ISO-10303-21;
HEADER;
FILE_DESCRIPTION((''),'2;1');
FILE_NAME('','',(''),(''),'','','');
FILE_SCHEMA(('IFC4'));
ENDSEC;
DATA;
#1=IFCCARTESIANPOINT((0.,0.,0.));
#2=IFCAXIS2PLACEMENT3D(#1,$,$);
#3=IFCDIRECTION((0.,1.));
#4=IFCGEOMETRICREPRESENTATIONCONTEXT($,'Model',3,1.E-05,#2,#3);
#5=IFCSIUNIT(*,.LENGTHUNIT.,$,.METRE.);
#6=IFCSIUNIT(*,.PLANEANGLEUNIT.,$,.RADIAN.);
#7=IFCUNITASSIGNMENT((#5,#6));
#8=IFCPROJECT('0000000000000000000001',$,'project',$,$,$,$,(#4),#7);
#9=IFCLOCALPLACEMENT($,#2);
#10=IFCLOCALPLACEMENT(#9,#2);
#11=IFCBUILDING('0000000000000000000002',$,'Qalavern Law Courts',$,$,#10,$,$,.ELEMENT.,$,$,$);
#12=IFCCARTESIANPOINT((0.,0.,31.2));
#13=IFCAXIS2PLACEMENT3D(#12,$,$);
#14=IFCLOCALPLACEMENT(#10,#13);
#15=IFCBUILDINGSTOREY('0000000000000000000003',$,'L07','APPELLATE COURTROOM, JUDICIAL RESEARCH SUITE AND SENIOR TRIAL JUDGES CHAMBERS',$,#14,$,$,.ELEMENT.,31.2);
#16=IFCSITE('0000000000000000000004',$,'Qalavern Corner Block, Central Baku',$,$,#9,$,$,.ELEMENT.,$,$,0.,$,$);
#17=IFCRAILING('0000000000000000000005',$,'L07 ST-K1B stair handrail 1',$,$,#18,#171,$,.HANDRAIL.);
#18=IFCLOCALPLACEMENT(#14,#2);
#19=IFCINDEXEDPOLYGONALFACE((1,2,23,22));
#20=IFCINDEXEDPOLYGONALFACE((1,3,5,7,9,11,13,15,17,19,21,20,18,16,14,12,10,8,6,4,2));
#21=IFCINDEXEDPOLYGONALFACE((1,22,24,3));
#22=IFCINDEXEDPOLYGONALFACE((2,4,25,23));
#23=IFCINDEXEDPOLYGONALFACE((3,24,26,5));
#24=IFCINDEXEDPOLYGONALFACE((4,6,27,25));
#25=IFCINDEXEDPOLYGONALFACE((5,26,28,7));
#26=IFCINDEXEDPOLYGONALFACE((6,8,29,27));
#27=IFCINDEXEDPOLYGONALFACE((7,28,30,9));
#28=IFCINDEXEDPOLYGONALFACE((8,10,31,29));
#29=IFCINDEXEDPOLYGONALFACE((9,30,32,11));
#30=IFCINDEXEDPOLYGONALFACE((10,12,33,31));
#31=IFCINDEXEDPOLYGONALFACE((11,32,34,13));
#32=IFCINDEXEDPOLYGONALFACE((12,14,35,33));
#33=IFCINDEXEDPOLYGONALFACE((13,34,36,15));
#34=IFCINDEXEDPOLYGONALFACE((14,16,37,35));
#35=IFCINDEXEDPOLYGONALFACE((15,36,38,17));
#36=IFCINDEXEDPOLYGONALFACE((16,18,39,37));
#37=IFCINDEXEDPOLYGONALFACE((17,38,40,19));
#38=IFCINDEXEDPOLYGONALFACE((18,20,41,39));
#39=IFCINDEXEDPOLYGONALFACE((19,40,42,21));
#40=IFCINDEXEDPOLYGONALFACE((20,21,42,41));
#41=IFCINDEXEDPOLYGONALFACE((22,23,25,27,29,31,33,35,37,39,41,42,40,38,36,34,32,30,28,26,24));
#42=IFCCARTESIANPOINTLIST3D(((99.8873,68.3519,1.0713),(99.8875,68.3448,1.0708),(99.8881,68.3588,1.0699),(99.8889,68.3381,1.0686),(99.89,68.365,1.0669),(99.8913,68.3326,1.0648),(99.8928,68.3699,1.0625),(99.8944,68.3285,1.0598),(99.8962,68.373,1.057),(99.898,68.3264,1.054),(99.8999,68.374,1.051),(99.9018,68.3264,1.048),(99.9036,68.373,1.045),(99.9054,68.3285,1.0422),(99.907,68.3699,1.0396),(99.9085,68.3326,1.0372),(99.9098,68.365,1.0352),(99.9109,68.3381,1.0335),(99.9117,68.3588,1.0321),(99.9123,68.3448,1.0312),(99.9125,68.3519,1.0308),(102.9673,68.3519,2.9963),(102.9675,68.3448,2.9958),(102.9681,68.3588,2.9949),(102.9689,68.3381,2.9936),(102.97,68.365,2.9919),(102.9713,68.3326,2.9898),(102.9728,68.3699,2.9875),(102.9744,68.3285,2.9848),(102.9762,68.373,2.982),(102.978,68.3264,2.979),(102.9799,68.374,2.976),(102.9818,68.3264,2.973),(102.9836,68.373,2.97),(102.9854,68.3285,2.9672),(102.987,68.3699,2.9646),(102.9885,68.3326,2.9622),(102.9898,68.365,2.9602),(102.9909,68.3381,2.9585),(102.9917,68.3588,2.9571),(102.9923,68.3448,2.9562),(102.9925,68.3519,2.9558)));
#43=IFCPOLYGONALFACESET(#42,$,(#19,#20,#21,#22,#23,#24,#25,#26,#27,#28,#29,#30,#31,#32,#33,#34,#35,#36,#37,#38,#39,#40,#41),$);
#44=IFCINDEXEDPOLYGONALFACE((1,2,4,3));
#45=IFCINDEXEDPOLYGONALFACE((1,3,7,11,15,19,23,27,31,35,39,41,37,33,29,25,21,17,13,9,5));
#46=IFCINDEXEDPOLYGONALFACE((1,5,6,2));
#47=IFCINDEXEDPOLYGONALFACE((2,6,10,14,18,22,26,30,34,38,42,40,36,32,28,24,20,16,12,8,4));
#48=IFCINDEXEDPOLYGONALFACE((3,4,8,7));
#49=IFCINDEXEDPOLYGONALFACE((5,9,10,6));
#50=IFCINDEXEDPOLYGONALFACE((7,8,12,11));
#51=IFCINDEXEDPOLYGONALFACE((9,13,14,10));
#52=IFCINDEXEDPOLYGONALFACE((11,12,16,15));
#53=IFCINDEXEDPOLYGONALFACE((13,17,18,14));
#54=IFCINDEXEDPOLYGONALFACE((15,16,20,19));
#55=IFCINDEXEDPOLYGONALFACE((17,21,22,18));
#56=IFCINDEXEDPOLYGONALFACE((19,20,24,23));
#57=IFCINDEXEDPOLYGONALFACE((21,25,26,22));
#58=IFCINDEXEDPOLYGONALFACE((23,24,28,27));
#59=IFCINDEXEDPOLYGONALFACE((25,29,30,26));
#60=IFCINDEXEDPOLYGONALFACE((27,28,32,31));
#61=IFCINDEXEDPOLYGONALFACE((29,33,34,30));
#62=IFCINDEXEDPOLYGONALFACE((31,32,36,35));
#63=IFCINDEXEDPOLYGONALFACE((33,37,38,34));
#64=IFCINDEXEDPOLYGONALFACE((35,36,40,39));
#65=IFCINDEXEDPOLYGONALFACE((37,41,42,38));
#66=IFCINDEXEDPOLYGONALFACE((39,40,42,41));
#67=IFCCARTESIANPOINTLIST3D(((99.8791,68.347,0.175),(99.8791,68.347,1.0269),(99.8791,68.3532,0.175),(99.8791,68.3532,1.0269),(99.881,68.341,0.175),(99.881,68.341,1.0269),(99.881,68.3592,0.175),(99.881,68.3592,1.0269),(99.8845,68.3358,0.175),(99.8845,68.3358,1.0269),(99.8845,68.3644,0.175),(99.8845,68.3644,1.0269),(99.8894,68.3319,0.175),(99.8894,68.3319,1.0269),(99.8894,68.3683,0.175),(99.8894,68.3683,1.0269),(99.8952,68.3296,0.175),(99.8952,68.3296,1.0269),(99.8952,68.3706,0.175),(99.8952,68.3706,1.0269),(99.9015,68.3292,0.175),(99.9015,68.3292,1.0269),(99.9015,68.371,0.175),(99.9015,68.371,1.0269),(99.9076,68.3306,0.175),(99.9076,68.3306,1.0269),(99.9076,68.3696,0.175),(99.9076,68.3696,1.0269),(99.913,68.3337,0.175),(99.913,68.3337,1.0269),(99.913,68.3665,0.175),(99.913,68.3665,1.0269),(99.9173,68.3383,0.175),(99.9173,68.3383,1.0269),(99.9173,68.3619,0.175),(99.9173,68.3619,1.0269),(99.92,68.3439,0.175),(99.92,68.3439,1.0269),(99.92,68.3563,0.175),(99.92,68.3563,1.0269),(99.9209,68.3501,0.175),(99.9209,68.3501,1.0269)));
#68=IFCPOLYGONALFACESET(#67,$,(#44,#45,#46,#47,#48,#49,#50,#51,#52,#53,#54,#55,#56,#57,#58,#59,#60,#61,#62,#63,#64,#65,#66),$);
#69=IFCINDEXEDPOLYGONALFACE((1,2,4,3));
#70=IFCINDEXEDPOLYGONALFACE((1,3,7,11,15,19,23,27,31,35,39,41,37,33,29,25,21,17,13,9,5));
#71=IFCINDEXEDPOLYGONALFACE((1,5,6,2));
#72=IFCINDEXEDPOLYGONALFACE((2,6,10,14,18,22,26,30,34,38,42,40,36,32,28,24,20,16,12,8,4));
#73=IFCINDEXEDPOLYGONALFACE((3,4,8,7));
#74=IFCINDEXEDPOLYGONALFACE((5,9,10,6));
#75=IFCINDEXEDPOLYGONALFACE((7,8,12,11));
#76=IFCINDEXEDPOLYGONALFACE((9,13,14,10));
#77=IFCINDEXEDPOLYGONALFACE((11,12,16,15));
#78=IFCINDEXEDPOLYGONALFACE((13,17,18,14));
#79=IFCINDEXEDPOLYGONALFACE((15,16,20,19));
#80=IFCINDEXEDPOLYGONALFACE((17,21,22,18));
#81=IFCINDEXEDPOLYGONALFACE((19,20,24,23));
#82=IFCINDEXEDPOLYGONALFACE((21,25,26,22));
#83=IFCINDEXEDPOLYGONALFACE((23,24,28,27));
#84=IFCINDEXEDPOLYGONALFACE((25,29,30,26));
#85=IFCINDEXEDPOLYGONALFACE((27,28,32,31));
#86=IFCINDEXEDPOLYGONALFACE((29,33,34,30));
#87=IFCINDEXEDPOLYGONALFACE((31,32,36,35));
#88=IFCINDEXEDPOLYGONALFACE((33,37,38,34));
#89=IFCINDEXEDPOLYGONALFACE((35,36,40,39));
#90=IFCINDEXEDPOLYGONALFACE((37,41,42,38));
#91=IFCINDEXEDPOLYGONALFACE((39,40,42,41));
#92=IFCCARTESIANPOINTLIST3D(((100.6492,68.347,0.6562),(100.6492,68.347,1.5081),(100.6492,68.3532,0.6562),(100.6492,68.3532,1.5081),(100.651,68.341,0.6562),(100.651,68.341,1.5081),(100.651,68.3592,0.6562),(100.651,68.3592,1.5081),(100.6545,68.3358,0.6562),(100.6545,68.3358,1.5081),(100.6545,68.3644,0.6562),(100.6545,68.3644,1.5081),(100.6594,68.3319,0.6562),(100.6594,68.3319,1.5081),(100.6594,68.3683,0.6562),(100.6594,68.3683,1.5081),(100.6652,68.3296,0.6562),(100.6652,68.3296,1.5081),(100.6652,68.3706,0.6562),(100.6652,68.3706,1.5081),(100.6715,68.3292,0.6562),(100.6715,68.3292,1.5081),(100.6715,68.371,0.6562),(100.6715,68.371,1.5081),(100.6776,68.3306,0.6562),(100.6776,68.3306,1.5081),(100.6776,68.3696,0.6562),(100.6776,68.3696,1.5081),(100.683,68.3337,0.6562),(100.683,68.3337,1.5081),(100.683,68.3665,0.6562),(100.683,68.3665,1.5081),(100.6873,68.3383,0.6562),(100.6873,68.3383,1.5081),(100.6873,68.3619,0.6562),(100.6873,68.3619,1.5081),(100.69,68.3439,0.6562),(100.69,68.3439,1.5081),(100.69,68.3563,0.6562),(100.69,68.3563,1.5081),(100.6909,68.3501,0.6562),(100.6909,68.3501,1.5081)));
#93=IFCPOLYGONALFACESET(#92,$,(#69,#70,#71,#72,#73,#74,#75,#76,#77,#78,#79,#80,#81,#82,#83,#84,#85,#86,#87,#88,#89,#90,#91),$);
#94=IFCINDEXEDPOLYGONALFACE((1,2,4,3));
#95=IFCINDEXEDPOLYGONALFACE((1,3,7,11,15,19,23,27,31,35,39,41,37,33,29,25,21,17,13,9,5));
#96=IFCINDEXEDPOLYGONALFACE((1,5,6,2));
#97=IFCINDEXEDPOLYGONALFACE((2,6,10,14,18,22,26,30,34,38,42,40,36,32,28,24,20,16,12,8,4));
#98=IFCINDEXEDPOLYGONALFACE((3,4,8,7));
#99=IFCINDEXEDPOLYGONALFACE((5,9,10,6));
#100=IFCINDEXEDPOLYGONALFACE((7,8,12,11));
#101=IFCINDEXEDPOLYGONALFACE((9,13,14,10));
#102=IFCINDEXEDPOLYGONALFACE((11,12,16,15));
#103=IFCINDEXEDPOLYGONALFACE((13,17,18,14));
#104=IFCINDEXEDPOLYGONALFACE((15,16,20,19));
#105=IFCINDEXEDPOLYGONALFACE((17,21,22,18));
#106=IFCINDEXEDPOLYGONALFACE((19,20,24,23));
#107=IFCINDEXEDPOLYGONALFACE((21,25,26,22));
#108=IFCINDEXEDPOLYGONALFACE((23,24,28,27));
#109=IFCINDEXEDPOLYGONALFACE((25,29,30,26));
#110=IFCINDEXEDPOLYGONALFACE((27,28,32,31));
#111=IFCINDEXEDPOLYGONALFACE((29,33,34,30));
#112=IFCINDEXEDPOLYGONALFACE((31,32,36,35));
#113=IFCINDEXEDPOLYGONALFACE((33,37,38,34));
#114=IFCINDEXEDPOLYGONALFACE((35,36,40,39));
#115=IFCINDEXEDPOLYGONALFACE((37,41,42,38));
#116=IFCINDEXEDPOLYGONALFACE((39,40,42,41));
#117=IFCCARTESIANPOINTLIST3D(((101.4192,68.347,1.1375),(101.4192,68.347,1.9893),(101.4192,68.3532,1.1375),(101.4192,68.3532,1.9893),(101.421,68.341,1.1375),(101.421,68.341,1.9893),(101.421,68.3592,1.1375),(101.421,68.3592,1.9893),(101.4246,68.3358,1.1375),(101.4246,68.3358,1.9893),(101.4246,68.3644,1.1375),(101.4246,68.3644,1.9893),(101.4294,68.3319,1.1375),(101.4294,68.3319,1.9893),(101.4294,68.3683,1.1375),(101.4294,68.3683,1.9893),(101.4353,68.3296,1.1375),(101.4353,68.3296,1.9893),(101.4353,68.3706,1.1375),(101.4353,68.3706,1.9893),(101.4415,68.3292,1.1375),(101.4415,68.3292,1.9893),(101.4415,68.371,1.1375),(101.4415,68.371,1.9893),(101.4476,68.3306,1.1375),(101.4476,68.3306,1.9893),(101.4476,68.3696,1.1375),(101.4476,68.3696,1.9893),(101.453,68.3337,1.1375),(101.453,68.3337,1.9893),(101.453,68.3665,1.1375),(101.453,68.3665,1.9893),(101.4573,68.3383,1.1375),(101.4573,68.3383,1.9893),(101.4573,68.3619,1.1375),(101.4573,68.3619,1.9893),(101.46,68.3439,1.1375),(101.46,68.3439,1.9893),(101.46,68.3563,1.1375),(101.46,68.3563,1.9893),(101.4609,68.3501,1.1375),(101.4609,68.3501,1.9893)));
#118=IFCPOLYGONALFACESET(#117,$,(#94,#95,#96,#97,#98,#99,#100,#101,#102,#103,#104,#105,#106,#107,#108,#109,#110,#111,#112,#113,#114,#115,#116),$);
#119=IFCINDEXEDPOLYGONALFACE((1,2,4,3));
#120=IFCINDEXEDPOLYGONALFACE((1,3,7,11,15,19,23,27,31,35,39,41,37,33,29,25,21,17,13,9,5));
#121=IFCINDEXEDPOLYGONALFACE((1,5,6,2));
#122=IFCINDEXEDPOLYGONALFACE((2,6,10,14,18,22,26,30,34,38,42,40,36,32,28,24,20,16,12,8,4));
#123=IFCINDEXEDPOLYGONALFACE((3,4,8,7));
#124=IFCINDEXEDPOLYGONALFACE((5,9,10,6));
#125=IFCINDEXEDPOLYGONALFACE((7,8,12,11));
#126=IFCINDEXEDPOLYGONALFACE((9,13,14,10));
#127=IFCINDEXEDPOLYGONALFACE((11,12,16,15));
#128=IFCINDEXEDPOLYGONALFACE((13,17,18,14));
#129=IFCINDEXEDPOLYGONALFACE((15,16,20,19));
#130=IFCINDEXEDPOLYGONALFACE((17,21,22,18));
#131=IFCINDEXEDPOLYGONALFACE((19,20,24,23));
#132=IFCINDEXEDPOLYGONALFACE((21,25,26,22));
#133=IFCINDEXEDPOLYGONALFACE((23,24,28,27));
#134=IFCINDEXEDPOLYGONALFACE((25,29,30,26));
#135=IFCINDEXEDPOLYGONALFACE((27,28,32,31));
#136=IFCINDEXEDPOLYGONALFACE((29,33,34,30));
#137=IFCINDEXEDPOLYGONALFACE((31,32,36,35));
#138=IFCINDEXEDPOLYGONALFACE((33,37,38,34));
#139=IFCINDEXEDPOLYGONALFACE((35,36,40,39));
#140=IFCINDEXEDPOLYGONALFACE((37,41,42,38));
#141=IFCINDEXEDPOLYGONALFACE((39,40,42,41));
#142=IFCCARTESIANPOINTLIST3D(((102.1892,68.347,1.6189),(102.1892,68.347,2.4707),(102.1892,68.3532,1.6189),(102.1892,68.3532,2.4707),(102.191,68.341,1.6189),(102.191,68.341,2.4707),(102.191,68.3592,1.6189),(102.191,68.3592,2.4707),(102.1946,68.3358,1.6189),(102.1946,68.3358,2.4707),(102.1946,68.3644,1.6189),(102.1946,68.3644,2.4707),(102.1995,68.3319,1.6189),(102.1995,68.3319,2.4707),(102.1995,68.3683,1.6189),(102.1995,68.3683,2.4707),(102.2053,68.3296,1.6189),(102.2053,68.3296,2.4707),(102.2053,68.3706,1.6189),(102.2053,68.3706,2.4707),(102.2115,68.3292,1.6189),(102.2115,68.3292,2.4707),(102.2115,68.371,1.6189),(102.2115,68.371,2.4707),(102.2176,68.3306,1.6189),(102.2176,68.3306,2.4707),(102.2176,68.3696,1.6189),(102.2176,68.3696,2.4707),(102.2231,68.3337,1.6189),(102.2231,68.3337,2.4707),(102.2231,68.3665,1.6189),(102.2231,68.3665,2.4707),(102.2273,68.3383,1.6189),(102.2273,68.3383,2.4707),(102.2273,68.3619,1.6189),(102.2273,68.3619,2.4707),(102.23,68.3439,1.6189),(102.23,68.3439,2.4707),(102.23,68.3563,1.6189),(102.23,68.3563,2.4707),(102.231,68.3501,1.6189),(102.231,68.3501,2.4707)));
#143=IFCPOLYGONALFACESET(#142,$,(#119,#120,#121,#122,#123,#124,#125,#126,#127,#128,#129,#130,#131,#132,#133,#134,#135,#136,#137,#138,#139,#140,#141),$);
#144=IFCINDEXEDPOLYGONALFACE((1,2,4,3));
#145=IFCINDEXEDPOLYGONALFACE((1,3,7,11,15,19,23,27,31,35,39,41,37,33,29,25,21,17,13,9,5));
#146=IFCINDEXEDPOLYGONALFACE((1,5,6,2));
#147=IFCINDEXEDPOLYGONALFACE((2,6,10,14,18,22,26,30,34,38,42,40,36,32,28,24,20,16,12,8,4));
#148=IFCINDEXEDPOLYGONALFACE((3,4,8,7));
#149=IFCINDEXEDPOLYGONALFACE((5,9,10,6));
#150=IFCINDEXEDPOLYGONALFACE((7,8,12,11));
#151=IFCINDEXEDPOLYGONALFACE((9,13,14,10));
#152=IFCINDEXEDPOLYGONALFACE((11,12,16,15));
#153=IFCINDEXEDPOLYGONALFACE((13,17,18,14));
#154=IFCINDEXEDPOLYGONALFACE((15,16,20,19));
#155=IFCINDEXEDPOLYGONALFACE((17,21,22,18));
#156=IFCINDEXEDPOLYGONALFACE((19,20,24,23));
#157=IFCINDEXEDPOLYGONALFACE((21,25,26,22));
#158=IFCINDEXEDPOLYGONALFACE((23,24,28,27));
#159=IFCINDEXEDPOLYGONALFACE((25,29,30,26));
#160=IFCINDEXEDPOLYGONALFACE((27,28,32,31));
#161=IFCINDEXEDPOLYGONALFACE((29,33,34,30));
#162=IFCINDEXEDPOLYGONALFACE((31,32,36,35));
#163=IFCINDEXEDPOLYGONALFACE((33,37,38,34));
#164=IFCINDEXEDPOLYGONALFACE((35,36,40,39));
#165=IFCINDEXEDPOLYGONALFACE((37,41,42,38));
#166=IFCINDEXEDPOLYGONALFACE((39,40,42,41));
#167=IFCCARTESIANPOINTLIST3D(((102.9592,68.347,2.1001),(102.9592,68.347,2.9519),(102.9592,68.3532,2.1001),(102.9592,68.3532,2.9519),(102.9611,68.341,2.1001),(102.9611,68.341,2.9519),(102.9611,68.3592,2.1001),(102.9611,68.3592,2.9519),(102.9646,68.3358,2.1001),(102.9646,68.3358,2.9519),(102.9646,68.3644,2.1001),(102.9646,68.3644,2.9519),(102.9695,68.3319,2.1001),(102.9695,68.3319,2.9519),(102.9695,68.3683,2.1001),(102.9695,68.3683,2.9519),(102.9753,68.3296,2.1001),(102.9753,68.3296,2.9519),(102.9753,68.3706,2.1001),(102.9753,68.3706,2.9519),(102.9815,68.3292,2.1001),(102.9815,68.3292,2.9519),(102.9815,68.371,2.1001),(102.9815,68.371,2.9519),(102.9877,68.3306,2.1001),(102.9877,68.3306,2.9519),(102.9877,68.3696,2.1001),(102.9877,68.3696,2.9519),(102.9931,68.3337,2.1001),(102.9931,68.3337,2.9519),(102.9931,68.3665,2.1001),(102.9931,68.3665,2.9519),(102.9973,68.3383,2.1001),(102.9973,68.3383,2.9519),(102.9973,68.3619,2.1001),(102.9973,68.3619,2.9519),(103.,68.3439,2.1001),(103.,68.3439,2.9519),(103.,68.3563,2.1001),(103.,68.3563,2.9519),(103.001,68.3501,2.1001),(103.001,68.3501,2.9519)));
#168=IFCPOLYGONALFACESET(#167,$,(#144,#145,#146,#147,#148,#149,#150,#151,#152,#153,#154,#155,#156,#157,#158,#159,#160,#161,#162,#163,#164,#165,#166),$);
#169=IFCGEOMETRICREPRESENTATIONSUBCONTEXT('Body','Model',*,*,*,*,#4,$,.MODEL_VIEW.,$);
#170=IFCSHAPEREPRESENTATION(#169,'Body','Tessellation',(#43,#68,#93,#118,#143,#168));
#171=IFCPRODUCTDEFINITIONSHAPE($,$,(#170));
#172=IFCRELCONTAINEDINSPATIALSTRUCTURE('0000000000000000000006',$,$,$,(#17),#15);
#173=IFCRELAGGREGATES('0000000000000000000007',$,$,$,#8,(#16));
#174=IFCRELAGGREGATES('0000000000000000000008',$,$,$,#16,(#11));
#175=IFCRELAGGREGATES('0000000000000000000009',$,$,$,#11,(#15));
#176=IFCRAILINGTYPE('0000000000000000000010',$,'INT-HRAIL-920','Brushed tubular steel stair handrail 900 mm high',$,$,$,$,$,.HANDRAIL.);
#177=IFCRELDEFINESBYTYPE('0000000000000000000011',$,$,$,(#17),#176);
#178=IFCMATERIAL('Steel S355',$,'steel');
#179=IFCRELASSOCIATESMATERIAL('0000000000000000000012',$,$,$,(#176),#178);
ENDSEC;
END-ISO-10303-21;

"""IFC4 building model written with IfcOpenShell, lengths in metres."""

from ifc_helpers import new_model, si_unit, direction, frame, origin, origin_2d, place, context, subcontext, project, spatial, circle, extrude, material, type_object, element, save


model = new_model("IFC4")

# Units and contexts
model_context = context("Model", 3, precision=1e-05, world=origin(), true_north=direction((0.0, 1.0)))
body_context = subcontext(model_context, "Body", "Model", "MODEL_VIEW")
ifc_project = project(units=[si_unit("LENGTHUNIT", "METRE"), si_unit("PLANEANGLEUNIT", "RADIAN")], contexts=[model_context])

# Site, building, storey
site_placement = place(None, origin())
site = spatial("IfcSite", under=ifc_project, at=site_placement, Name="Qalavern Corner Block, Central Baku", CompositionType="ELEMENT", RefElevation=0.0)
building_placement = place(site_placement, origin())
building = spatial("IfcBuilding", under=site, at=building_placement, Name="Qalavern Law Courts", CompositionType="ELEMENT")
storey_placement = place(building_placement, frame((0.0, 0.0, 31.2)))
storey = spatial("IfcBuildingStorey", under=building, at=storey_placement, Name="L07", Description="APPELLATE COURTROOM, JUDICIAL RESEARCH SUITE AND SENIOR TRIAL JUDGES CHAMBERS", CompositionType="ELEMENT", Elevation=31.2)

# Shared definitions
ifc_material_1 = material(Name="Steel S355", Category="steel")

# Railing
railing_type_1 = type_object("IfcRailingType", Name="INT-HRAIL-920", Description="Brushed tubular steel stair handrail 900 mm high", PredefinedType="HANDRAIL", material=ifc_material_1)
railing_1_placement = place(storey_placement, frame((99.8999, 68.3501, 0.175)))
element("IfcRailing", 1, at=railing_1_placement, inside=storey, type_object=railing_type_1, Name="L07 ST-K1B stair handrail 1", PredefinedType="HANDRAIL", context=body_context, shape_type="SweptSolid", body=[
    extrude(circle(Radius=0.0239, at=origin_2d()), frame((0.0, 0.0, 0.876), z_axis=(0.847998, 0.0, 0.529999), x_axis=(0.0, 1.0, 0.0)), (0.0, 0.0, 1.0), 3.6321),
    extrude(circle(Radius=0.021, at=origin_2d()), origin(), (0.0, 0.0, 1.0), 0.8518),
    extrude(circle(Radius=0.021, at=origin_2d()), frame((0.77, 0.0, 0.4812)), (0.0, 0.0, 1.0), 0.8518),
    extrude(circle(Radius=0.021, at=origin_2d()), frame((1.54, 0.0, 0.9624)), (0.0, 0.0, 1.0), 0.8518),
    extrude(circle(Radius=0.021, at=origin_2d()), frame((2.3101, 0.0, 1.4438)), (0.0, 0.0, 1.0), 0.8518),
    extrude(circle(Radius=0.021, at=origin_2d()), frame((3.0801, 0.0, 1.925)), (0.0, 0.0, 1.0), 0.8518),
])

save(model, "model.ifc")
